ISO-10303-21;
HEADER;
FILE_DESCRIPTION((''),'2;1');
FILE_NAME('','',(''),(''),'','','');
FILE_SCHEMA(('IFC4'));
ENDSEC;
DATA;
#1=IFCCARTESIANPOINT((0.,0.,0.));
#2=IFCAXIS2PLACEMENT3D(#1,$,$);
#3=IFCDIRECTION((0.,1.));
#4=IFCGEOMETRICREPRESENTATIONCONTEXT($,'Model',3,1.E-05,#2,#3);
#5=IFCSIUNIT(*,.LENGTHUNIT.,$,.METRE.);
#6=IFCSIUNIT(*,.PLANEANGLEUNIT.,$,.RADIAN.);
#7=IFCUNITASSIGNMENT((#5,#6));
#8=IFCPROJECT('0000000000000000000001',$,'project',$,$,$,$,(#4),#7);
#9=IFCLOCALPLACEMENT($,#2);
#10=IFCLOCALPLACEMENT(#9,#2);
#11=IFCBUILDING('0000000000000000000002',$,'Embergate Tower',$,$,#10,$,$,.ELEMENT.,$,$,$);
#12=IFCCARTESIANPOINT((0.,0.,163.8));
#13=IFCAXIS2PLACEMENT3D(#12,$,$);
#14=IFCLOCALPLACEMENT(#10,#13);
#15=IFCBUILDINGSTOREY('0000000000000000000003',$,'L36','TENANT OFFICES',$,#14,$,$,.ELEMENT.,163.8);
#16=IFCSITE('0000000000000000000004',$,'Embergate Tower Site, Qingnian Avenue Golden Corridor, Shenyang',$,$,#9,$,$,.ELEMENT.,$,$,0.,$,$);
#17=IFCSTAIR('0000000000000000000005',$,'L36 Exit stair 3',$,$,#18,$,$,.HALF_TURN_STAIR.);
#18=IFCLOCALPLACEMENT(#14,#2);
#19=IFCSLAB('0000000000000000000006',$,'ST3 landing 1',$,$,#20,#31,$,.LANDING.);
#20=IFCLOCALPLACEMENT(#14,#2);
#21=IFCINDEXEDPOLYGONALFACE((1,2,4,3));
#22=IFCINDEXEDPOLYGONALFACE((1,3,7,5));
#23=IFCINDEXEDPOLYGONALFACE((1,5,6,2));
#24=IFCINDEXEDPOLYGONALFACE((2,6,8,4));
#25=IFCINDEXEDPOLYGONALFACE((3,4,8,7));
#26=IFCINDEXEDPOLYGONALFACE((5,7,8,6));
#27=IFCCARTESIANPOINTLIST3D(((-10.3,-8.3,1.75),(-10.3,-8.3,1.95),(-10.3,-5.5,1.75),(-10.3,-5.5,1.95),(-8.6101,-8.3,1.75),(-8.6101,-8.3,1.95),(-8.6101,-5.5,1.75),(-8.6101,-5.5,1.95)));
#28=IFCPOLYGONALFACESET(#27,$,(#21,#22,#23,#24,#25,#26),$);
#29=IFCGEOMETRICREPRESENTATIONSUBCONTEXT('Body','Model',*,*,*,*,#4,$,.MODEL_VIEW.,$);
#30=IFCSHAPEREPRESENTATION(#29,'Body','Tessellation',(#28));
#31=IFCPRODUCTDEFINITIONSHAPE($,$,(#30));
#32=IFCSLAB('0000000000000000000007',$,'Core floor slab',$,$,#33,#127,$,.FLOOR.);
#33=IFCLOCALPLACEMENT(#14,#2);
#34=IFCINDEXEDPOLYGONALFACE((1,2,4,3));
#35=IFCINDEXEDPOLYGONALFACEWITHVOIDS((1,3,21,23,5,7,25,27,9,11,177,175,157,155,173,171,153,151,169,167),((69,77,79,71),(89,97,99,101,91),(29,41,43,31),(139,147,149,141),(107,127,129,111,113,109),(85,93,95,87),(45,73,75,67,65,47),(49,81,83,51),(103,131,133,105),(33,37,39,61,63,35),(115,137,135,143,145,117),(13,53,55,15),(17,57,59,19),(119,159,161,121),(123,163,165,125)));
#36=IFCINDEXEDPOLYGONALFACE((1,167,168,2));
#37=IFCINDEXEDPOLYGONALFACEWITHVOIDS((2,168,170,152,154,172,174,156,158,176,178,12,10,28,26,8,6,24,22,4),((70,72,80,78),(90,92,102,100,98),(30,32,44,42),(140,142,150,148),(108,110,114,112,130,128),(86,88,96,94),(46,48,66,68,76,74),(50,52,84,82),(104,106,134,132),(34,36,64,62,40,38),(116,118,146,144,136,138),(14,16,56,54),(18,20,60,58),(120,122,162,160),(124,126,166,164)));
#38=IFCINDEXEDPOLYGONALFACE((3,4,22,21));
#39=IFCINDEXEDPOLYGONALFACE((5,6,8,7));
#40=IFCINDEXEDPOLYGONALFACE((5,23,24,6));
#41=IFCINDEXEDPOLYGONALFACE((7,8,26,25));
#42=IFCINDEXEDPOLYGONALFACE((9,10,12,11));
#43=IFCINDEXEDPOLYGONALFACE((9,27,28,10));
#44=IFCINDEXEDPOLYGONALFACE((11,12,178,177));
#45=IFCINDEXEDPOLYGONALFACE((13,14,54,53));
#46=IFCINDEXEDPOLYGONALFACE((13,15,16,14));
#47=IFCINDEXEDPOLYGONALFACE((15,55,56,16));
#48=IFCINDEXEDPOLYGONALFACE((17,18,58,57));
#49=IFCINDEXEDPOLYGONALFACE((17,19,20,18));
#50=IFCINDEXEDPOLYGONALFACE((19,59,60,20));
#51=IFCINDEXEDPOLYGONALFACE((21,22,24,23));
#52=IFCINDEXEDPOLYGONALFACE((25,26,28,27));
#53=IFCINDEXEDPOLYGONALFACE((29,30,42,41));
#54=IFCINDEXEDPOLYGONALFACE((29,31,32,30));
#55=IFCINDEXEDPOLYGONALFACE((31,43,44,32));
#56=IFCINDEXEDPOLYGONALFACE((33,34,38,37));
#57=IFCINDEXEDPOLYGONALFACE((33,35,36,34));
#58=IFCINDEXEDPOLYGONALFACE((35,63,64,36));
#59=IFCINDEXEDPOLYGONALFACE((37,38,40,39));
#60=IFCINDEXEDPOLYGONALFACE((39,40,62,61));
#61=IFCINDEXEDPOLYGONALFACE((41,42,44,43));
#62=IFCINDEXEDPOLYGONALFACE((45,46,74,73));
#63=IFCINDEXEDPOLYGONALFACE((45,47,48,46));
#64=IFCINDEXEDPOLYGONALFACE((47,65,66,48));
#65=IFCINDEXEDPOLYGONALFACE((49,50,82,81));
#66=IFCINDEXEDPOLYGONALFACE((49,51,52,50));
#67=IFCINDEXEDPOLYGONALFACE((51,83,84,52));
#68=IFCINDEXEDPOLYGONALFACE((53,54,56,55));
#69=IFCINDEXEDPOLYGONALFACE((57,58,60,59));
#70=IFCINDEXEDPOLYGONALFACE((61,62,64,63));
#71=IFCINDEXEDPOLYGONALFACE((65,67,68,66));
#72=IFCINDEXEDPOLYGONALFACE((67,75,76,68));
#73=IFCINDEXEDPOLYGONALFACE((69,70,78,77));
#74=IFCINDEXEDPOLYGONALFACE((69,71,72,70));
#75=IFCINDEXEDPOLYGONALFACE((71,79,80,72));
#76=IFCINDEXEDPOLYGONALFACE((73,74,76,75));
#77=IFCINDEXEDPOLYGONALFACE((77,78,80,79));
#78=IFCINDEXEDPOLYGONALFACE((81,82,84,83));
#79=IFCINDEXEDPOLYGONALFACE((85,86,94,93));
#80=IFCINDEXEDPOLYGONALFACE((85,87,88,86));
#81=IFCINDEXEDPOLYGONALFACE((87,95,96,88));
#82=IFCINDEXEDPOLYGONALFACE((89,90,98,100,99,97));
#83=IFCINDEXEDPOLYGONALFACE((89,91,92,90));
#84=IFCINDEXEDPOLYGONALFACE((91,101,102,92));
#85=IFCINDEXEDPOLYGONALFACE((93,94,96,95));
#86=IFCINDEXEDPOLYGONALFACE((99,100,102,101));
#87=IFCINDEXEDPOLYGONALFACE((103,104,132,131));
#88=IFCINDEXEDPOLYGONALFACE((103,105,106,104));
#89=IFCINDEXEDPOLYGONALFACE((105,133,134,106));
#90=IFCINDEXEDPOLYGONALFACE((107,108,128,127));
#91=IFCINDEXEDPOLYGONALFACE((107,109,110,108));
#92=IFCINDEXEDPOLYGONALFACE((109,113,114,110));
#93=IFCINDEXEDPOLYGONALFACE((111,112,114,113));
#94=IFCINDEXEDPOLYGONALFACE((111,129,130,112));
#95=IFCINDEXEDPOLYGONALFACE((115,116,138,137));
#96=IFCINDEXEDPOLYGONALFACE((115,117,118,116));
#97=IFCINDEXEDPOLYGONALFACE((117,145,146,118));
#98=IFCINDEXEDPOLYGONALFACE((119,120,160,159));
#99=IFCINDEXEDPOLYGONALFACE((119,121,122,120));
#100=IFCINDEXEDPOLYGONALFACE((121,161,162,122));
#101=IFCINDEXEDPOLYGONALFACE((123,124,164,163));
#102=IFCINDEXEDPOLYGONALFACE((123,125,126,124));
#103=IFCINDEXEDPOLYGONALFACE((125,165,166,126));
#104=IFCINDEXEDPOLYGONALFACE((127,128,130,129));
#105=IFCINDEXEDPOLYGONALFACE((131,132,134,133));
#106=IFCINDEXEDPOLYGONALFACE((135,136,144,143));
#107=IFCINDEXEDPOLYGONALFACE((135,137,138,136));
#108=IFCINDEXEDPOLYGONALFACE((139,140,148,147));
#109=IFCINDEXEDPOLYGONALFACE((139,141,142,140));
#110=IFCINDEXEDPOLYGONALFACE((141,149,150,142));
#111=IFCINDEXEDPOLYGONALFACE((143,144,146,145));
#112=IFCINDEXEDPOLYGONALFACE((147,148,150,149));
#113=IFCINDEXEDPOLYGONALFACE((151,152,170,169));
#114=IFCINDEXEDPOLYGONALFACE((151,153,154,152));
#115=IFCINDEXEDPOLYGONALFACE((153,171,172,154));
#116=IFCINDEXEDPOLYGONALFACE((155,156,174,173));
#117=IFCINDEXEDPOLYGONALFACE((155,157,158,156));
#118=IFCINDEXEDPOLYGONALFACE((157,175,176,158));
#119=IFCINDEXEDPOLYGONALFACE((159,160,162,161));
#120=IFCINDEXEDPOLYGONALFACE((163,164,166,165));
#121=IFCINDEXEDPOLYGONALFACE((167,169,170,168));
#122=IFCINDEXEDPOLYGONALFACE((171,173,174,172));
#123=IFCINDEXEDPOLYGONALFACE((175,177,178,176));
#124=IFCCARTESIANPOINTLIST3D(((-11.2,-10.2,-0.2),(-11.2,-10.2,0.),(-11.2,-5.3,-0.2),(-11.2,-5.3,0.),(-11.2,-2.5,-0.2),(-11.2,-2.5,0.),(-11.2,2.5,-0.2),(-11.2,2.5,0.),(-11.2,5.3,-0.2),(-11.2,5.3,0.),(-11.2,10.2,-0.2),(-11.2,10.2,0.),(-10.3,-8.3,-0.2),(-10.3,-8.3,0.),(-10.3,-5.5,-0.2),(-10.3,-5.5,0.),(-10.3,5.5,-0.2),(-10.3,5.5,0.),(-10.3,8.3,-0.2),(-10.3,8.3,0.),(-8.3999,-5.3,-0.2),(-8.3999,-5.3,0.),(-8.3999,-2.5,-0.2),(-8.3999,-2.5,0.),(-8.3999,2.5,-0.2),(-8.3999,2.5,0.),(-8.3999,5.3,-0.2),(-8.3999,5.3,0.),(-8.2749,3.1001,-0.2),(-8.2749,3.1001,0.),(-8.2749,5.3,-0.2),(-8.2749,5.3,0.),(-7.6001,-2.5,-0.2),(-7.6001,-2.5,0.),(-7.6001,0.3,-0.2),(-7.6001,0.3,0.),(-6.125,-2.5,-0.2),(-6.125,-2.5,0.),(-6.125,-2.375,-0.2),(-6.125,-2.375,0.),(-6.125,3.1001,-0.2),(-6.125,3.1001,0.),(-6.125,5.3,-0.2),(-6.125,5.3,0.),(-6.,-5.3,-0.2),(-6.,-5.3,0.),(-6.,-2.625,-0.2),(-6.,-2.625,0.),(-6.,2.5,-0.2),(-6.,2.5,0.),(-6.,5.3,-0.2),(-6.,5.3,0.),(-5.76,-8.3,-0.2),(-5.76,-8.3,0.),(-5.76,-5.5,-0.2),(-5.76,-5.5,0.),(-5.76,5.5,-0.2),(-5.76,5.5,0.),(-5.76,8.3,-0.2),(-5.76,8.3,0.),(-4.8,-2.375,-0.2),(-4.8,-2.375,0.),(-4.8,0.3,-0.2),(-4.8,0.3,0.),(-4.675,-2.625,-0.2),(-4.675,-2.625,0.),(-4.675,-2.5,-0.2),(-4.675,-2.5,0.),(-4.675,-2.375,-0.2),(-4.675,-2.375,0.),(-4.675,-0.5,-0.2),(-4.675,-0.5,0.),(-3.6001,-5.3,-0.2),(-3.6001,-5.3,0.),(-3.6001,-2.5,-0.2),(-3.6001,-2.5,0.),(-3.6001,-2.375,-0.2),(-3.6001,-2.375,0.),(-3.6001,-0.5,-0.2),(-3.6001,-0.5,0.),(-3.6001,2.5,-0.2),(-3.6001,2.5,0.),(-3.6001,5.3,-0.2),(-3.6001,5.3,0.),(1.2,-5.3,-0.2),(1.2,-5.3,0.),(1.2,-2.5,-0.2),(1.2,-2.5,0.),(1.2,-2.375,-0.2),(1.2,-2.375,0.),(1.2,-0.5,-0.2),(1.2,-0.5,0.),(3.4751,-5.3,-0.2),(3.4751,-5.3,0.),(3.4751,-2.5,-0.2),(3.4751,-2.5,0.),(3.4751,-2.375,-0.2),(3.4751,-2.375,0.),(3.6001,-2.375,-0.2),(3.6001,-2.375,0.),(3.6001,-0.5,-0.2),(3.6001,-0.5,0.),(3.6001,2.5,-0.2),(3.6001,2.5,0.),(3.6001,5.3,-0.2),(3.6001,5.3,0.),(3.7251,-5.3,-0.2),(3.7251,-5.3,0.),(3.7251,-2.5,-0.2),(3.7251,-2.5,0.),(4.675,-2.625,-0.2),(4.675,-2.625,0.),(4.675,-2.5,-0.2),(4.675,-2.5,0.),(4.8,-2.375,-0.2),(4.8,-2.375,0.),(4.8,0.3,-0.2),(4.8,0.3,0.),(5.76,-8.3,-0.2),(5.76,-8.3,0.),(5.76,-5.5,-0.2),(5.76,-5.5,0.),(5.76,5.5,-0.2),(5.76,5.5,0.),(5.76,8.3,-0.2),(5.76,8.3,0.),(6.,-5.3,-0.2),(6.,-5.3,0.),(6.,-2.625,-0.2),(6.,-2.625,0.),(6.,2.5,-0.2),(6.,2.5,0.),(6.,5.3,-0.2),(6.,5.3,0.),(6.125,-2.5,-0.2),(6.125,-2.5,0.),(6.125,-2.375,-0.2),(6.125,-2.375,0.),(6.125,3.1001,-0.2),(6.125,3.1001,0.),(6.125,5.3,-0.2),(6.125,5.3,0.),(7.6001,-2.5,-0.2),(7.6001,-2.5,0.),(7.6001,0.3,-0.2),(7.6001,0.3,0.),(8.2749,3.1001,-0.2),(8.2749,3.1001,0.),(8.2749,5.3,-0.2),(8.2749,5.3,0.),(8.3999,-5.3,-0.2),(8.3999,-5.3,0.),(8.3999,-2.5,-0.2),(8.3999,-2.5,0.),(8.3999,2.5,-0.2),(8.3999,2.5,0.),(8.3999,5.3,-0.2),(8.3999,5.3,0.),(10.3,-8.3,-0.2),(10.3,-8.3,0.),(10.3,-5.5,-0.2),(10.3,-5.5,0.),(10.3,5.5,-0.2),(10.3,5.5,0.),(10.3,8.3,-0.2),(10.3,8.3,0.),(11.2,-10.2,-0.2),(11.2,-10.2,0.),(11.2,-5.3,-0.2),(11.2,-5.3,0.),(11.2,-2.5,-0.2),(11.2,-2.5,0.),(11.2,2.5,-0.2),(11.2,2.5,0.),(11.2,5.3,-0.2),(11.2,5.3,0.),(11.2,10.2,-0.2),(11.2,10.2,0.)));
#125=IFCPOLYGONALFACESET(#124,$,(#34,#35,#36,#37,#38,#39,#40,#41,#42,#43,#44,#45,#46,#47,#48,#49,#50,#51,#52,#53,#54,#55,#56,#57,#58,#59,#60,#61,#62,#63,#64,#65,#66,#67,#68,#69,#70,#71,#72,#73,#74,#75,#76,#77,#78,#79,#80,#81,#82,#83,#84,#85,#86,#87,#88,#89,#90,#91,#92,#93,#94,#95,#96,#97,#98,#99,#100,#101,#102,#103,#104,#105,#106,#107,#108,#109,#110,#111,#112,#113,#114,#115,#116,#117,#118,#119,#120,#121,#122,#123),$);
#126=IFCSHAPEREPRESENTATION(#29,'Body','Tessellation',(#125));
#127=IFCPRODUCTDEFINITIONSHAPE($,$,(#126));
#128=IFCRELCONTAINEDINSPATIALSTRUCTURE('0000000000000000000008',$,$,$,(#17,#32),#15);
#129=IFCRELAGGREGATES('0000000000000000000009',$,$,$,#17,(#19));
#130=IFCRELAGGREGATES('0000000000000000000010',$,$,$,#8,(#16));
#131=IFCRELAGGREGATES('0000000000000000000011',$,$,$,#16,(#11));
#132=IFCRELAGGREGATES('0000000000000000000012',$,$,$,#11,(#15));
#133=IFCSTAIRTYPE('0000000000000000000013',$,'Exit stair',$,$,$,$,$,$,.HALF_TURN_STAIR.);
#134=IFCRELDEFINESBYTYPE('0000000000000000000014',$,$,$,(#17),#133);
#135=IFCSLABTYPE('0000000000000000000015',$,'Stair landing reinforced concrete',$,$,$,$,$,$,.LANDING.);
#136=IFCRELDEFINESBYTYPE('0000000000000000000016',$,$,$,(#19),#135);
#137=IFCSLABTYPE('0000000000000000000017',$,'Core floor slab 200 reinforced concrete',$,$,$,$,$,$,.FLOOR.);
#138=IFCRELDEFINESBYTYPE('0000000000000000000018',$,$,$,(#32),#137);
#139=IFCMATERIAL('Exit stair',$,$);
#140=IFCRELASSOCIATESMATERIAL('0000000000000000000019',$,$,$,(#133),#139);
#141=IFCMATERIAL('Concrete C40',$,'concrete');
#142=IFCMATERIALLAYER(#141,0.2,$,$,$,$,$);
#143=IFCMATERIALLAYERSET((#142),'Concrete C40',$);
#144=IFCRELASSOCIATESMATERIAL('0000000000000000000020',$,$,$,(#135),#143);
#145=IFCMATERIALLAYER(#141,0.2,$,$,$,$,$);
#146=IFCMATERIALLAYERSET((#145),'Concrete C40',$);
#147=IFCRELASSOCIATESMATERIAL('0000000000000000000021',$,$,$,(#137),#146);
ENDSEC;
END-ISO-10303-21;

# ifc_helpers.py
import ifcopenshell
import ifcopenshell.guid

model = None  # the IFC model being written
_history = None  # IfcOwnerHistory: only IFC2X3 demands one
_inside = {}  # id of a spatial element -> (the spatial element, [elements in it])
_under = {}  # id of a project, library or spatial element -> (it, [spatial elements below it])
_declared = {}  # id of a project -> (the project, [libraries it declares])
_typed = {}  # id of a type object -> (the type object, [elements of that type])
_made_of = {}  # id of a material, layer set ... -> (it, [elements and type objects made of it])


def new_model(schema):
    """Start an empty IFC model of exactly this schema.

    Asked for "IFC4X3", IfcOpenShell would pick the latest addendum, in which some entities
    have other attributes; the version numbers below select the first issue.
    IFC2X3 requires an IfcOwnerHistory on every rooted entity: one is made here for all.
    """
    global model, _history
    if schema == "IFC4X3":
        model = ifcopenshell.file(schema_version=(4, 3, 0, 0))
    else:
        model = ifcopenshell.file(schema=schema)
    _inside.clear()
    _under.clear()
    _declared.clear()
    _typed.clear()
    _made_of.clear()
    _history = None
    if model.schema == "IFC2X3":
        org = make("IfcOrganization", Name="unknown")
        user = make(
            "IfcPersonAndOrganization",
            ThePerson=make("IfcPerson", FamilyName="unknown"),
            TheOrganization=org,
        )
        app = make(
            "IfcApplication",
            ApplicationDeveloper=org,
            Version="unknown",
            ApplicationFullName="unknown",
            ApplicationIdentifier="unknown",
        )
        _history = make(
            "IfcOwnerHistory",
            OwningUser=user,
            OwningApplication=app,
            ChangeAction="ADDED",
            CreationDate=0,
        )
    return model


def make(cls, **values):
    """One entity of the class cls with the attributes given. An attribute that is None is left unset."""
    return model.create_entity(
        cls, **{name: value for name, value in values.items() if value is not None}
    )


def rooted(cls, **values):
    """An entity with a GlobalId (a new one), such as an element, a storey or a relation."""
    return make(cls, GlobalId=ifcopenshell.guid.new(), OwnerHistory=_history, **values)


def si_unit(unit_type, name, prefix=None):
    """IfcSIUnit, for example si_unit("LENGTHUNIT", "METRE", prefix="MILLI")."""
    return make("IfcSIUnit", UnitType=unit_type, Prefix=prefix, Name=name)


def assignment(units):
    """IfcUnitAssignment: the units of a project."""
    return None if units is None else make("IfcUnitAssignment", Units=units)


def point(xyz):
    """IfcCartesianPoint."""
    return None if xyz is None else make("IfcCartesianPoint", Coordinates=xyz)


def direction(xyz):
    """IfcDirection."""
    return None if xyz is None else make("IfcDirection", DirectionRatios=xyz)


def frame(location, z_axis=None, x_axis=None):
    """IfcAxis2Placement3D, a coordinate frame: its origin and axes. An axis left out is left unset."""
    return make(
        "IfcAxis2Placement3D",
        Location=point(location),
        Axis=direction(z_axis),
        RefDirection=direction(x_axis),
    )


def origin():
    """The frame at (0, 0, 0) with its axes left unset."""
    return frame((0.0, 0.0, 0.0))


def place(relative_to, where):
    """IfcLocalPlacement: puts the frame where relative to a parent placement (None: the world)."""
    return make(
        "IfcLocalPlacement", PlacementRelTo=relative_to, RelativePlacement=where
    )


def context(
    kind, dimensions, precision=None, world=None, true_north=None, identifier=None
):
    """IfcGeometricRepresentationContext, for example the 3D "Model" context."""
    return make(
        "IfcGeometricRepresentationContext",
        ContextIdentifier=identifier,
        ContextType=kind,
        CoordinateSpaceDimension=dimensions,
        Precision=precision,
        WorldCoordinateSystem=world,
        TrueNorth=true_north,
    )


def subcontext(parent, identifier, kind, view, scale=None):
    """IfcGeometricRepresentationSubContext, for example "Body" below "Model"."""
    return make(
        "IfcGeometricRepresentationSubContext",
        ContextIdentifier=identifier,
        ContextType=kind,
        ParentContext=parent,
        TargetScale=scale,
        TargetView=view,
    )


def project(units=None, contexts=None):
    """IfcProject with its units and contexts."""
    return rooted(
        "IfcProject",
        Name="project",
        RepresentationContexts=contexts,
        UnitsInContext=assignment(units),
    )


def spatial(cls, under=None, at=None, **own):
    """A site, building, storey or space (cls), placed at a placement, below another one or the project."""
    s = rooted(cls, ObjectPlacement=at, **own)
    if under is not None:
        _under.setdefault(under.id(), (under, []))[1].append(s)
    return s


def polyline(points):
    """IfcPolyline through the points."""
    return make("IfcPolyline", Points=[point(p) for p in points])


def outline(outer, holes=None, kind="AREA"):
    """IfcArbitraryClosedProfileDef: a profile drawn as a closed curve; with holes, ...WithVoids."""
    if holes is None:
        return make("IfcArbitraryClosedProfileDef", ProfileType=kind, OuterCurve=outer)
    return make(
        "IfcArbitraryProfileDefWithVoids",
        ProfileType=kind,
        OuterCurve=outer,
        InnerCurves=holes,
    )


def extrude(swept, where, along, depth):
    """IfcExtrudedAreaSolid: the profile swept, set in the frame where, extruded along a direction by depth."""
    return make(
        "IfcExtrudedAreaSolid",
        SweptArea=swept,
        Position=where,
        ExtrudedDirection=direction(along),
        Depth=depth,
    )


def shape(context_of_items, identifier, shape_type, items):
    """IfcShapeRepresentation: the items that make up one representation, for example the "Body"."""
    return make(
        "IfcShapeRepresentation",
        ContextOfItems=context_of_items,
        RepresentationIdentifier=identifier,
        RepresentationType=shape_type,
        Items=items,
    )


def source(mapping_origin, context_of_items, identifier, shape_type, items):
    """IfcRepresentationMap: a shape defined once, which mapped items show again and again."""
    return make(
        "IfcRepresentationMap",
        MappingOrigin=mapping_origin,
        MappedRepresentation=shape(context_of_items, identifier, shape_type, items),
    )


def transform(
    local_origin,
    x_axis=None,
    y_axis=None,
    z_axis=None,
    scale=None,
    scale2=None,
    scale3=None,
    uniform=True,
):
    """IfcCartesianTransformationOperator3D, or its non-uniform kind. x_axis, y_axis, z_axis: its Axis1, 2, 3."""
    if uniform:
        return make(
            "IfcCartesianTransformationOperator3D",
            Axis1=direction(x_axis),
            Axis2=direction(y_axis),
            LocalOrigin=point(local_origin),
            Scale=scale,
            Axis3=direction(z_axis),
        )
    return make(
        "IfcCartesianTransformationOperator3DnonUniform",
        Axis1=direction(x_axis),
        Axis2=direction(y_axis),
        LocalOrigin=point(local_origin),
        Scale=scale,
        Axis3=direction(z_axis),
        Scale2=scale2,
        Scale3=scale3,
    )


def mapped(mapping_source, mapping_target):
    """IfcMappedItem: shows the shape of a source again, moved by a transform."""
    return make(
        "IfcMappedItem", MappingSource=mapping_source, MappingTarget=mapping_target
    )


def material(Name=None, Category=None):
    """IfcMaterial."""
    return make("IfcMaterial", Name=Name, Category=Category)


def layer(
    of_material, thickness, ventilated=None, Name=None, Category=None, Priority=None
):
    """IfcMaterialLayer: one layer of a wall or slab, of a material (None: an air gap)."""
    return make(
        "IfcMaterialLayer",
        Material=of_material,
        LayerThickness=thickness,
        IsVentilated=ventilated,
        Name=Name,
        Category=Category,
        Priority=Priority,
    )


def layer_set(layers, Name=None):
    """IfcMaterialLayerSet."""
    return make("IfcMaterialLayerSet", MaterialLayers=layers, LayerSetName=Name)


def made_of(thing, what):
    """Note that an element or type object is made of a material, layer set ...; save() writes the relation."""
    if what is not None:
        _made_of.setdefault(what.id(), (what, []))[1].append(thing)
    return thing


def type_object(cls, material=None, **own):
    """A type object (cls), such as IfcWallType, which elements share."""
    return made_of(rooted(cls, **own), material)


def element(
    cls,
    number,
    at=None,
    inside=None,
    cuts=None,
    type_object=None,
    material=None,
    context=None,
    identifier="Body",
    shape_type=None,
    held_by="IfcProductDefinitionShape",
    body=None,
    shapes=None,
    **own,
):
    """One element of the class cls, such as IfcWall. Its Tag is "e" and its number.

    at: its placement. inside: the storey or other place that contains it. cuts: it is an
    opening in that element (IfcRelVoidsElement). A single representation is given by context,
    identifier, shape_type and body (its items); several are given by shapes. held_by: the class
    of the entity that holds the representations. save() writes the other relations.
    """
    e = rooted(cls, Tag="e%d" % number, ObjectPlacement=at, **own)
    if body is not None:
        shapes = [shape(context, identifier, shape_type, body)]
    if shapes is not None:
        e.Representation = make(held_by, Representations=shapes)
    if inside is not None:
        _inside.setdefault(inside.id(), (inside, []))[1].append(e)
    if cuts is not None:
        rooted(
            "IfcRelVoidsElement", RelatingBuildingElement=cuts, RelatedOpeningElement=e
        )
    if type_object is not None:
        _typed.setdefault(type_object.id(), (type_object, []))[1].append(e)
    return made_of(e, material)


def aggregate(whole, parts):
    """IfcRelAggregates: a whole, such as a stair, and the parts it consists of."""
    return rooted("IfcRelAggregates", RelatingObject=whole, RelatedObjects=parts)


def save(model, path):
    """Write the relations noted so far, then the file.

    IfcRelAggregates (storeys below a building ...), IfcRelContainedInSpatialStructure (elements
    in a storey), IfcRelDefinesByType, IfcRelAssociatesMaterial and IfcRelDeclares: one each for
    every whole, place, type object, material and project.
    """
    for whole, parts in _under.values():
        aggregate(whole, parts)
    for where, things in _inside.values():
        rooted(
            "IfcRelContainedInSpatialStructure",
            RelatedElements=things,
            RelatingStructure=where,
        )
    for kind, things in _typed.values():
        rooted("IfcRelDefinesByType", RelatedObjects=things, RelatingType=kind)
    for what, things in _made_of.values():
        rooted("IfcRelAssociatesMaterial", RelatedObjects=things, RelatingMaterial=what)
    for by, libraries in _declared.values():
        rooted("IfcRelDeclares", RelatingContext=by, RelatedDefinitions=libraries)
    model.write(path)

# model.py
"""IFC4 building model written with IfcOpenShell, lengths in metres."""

from ifc_helpers import new_model, si_unit, direction, frame, origin, place, context, subcontext, project, spatial, polyline, outline, extrude, source, transform, mapped, material, layer, layer_set, type_object, element, aggregate, save


model = new_model("IFC4")

# Units and contexts
model_context = context("Model", 3, precision=1e-05, world=origin(), true_north=direction((0.0, 1.0)))
body_context = subcontext(model_context, "Body", "Model", "MODEL_VIEW")
ifc_project = project(units=[si_unit("LENGTHUNIT", "METRE"), si_unit("PLANEANGLEUNIT", "RADIAN")], contexts=[model_context])

# Site, building, storey
site_placement = place(None, origin())
site = spatial("IfcSite", under=ifc_project, at=site_placement, Name="Embergate Tower Site, Qingnian Avenue Golden Corridor, Shenyang", CompositionType="ELEMENT", RefElevation=0.0)
building_placement = place(site_placement, origin())
building = spatial("IfcBuilding", under=site, at=building_placement, Name="Embergate Tower", CompositionType="ELEMENT")
storey_placement = place(building_placement, frame((0.0, 0.0, 163.8)))
storey = spatial("IfcBuildingStorey", under=building, at=storey_placement, Name="L36", Description="TENANT OFFICES", CompositionType="ELEMENT", Elevation=163.8)

# Stair, slab
ifc_material_1 = material(Name="Exit stair")
stair_type = type_object("IfcStairType", Name="Exit stair", PredefinedType="HALF_TURN_STAIR", material=ifc_material_1)
stair_placement = place(storey_placement, origin())
stair = element("IfcStair", 1, at=stair_placement, inside=storey, type_object=stair_type, Name="L36 Exit stair 3", PredefinedType="HALF_TURN_STAIR")
ifc_material_2 = material(Name="Concrete C40", Category="concrete")
ifc_layer_1 = layer(ifc_material_2, 0.2)
ifc_layer_set_1 = layer_set([ifc_layer_1], Name="Concrete C40")
slab_type_1 = type_object("IfcSlabType", Name="Stair landing reinforced concrete", PredefinedType="LANDING", material=ifc_layer_set_1)
shared_shape_1 = source(origin(), body_context, "Body", "SweptSolid", [
    extrude(outline(polyline([(0.0, 0.0), (1.6899, 0.0), (1.6899, 2.8), (0.0, 2.8), (0.0, 0.0)])), origin(), (0.0, 0.0, 1.0), 0.2),
])
slab_1_placement = place(storey_placement, frame((-10.3, -8.3, 1.75)))
slab_1 = element("IfcSlab", 2, at=slab_1_placement, type_object=slab_type_1, Name="ST3 landing 1", PredefinedType="LANDING", context=body_context, shape_type="MappedRepresentation", body=[
    mapped(shared_shape_1, transform((0.0, 0.0, 0.0))),
])

# Slab
ifc_layer_2 = layer(ifc_material_2, 0.2)
ifc_layer_set_2 = layer_set([ifc_layer_2], Name="Concrete C40")
slab_type_2 = type_object("IfcSlabType", Name="Core floor slab 200 reinforced concrete", PredefinedType="FLOOR", material=ifc_layer_set_2)
shared_shape_2 = source(origin(), body_context, "Body", "SweptSolid", [
    extrude(outline(polyline([(0.0, 0.0), (22.3999, 0.0), (22.3999, 4.8999), (19.5999, 4.8999), (19.5999, 7.7), (22.3999, 7.7), (22.3999, 12.7), (19.5999, 12.7), (19.5999, 15.5), (22.3999, 15.5), (22.3999, 20.3999), (0.0, 20.3999), (0.0, 15.5), (2.8, 15.5), (2.8, 12.7), (0.0, 12.7), (0.0, 7.7), (2.8, 7.7), (2.8, 4.8999), (0.0, 4.8999), (0.0, 0.0)]), holes=[polyline([(0.8999, 1.8999), (0.8999, 4.7), (5.4399, 4.7), (5.4399, 1.8999), (0.8999, 1.8999)]), polyline([(16.96, 1.8999), (16.96, 4.7), (21.5, 4.7), (21.5, 1.8999), (16.96, 1.8999)]), polyline([(5.2, 4.8999), (5.2, 7.575), (6.5249, 7.575), (6.5249, 7.7), (7.5999, 7.7), (7.5999, 4.8999), (5.2, 4.8999)]), polyline([(12.3999, 4.8999), (12.3999, 7.7), (14.675, 7.7), (14.675, 4.8999), (12.3999, 4.8999)]), polyline([(14.925, 4.8999), (14.925, 7.7), (15.875, 7.7), (15.875, 7.575), (17.2, 7.575), (17.2, 4.8999), (14.925, 4.8999)]), polyline([(3.5999, 7.7), (3.5999, 10.5), (6.3999, 10.5), (6.3999, 7.825), (5.075, 7.825), (5.075, 7.7), (3.5999, 7.7)]), polyline([(17.325, 7.7), (17.325, 7.825), (16.0, 7.825), (16.0, 10.5), (18.8, 10.5), (18.8, 7.7), (17.325, 7.7)]), polyline([(6.5249, 7.825), (6.5249, 9.7), (7.5999, 9.7), (7.5999, 7.825), (6.5249, 7.825)]), polyline([(12.3999, 7.825), (12.3999, 9.7), (14.8, 9.7), (14.8, 7.825), (14.675, 7.825), (12.3999, 7.825)]), polyline([(5.2, 12.7), (5.2, 15.5), (7.5999, 15.5), (7.5999, 12.7), (5.2, 12.7)]), polyline([(14.8, 12.7), (14.8, 15.5), (17.2, 15.5), (17.2, 12.7), (14.8, 12.7)]), polyline([(2.925, 13.3), (2.925, 15.5), (5.075, 15.5), (5.075, 13.3), (2.925, 13.3)]), polyline([(17.325, 13.3), (17.325, 15.5), (19.4749, 15.5), (19.4749, 13.3), (17.325, 13.3)]), polyline([(0.8999, 15.7), (0.8999, 18.5), (5.4399, 18.5), (5.4399, 15.7), (0.8999, 15.7)]), polyline([(16.96, 15.7), (16.96, 18.5), (21.5, 18.5), (21.5, 15.7), (16.96, 15.7)])]), origin(), (0.0, 0.0, 1.0), 0.2),
])
slab_2_placement = place(storey_placement, frame((-11.2, -10.2, -0.2)))
element("IfcSlab", 3, at=slab_2_placement, inside=storey, type_object=slab_type_2, Name="Core floor slab", PredefinedType="FLOOR", context=body_context, shape_type="MappedRepresentation", body=[
    mapped(shared_shape_2, transform((0.0, 0.0, 0.0))),
])

aggregate(stair, [slab_1])

save(model, "model.ifc")
